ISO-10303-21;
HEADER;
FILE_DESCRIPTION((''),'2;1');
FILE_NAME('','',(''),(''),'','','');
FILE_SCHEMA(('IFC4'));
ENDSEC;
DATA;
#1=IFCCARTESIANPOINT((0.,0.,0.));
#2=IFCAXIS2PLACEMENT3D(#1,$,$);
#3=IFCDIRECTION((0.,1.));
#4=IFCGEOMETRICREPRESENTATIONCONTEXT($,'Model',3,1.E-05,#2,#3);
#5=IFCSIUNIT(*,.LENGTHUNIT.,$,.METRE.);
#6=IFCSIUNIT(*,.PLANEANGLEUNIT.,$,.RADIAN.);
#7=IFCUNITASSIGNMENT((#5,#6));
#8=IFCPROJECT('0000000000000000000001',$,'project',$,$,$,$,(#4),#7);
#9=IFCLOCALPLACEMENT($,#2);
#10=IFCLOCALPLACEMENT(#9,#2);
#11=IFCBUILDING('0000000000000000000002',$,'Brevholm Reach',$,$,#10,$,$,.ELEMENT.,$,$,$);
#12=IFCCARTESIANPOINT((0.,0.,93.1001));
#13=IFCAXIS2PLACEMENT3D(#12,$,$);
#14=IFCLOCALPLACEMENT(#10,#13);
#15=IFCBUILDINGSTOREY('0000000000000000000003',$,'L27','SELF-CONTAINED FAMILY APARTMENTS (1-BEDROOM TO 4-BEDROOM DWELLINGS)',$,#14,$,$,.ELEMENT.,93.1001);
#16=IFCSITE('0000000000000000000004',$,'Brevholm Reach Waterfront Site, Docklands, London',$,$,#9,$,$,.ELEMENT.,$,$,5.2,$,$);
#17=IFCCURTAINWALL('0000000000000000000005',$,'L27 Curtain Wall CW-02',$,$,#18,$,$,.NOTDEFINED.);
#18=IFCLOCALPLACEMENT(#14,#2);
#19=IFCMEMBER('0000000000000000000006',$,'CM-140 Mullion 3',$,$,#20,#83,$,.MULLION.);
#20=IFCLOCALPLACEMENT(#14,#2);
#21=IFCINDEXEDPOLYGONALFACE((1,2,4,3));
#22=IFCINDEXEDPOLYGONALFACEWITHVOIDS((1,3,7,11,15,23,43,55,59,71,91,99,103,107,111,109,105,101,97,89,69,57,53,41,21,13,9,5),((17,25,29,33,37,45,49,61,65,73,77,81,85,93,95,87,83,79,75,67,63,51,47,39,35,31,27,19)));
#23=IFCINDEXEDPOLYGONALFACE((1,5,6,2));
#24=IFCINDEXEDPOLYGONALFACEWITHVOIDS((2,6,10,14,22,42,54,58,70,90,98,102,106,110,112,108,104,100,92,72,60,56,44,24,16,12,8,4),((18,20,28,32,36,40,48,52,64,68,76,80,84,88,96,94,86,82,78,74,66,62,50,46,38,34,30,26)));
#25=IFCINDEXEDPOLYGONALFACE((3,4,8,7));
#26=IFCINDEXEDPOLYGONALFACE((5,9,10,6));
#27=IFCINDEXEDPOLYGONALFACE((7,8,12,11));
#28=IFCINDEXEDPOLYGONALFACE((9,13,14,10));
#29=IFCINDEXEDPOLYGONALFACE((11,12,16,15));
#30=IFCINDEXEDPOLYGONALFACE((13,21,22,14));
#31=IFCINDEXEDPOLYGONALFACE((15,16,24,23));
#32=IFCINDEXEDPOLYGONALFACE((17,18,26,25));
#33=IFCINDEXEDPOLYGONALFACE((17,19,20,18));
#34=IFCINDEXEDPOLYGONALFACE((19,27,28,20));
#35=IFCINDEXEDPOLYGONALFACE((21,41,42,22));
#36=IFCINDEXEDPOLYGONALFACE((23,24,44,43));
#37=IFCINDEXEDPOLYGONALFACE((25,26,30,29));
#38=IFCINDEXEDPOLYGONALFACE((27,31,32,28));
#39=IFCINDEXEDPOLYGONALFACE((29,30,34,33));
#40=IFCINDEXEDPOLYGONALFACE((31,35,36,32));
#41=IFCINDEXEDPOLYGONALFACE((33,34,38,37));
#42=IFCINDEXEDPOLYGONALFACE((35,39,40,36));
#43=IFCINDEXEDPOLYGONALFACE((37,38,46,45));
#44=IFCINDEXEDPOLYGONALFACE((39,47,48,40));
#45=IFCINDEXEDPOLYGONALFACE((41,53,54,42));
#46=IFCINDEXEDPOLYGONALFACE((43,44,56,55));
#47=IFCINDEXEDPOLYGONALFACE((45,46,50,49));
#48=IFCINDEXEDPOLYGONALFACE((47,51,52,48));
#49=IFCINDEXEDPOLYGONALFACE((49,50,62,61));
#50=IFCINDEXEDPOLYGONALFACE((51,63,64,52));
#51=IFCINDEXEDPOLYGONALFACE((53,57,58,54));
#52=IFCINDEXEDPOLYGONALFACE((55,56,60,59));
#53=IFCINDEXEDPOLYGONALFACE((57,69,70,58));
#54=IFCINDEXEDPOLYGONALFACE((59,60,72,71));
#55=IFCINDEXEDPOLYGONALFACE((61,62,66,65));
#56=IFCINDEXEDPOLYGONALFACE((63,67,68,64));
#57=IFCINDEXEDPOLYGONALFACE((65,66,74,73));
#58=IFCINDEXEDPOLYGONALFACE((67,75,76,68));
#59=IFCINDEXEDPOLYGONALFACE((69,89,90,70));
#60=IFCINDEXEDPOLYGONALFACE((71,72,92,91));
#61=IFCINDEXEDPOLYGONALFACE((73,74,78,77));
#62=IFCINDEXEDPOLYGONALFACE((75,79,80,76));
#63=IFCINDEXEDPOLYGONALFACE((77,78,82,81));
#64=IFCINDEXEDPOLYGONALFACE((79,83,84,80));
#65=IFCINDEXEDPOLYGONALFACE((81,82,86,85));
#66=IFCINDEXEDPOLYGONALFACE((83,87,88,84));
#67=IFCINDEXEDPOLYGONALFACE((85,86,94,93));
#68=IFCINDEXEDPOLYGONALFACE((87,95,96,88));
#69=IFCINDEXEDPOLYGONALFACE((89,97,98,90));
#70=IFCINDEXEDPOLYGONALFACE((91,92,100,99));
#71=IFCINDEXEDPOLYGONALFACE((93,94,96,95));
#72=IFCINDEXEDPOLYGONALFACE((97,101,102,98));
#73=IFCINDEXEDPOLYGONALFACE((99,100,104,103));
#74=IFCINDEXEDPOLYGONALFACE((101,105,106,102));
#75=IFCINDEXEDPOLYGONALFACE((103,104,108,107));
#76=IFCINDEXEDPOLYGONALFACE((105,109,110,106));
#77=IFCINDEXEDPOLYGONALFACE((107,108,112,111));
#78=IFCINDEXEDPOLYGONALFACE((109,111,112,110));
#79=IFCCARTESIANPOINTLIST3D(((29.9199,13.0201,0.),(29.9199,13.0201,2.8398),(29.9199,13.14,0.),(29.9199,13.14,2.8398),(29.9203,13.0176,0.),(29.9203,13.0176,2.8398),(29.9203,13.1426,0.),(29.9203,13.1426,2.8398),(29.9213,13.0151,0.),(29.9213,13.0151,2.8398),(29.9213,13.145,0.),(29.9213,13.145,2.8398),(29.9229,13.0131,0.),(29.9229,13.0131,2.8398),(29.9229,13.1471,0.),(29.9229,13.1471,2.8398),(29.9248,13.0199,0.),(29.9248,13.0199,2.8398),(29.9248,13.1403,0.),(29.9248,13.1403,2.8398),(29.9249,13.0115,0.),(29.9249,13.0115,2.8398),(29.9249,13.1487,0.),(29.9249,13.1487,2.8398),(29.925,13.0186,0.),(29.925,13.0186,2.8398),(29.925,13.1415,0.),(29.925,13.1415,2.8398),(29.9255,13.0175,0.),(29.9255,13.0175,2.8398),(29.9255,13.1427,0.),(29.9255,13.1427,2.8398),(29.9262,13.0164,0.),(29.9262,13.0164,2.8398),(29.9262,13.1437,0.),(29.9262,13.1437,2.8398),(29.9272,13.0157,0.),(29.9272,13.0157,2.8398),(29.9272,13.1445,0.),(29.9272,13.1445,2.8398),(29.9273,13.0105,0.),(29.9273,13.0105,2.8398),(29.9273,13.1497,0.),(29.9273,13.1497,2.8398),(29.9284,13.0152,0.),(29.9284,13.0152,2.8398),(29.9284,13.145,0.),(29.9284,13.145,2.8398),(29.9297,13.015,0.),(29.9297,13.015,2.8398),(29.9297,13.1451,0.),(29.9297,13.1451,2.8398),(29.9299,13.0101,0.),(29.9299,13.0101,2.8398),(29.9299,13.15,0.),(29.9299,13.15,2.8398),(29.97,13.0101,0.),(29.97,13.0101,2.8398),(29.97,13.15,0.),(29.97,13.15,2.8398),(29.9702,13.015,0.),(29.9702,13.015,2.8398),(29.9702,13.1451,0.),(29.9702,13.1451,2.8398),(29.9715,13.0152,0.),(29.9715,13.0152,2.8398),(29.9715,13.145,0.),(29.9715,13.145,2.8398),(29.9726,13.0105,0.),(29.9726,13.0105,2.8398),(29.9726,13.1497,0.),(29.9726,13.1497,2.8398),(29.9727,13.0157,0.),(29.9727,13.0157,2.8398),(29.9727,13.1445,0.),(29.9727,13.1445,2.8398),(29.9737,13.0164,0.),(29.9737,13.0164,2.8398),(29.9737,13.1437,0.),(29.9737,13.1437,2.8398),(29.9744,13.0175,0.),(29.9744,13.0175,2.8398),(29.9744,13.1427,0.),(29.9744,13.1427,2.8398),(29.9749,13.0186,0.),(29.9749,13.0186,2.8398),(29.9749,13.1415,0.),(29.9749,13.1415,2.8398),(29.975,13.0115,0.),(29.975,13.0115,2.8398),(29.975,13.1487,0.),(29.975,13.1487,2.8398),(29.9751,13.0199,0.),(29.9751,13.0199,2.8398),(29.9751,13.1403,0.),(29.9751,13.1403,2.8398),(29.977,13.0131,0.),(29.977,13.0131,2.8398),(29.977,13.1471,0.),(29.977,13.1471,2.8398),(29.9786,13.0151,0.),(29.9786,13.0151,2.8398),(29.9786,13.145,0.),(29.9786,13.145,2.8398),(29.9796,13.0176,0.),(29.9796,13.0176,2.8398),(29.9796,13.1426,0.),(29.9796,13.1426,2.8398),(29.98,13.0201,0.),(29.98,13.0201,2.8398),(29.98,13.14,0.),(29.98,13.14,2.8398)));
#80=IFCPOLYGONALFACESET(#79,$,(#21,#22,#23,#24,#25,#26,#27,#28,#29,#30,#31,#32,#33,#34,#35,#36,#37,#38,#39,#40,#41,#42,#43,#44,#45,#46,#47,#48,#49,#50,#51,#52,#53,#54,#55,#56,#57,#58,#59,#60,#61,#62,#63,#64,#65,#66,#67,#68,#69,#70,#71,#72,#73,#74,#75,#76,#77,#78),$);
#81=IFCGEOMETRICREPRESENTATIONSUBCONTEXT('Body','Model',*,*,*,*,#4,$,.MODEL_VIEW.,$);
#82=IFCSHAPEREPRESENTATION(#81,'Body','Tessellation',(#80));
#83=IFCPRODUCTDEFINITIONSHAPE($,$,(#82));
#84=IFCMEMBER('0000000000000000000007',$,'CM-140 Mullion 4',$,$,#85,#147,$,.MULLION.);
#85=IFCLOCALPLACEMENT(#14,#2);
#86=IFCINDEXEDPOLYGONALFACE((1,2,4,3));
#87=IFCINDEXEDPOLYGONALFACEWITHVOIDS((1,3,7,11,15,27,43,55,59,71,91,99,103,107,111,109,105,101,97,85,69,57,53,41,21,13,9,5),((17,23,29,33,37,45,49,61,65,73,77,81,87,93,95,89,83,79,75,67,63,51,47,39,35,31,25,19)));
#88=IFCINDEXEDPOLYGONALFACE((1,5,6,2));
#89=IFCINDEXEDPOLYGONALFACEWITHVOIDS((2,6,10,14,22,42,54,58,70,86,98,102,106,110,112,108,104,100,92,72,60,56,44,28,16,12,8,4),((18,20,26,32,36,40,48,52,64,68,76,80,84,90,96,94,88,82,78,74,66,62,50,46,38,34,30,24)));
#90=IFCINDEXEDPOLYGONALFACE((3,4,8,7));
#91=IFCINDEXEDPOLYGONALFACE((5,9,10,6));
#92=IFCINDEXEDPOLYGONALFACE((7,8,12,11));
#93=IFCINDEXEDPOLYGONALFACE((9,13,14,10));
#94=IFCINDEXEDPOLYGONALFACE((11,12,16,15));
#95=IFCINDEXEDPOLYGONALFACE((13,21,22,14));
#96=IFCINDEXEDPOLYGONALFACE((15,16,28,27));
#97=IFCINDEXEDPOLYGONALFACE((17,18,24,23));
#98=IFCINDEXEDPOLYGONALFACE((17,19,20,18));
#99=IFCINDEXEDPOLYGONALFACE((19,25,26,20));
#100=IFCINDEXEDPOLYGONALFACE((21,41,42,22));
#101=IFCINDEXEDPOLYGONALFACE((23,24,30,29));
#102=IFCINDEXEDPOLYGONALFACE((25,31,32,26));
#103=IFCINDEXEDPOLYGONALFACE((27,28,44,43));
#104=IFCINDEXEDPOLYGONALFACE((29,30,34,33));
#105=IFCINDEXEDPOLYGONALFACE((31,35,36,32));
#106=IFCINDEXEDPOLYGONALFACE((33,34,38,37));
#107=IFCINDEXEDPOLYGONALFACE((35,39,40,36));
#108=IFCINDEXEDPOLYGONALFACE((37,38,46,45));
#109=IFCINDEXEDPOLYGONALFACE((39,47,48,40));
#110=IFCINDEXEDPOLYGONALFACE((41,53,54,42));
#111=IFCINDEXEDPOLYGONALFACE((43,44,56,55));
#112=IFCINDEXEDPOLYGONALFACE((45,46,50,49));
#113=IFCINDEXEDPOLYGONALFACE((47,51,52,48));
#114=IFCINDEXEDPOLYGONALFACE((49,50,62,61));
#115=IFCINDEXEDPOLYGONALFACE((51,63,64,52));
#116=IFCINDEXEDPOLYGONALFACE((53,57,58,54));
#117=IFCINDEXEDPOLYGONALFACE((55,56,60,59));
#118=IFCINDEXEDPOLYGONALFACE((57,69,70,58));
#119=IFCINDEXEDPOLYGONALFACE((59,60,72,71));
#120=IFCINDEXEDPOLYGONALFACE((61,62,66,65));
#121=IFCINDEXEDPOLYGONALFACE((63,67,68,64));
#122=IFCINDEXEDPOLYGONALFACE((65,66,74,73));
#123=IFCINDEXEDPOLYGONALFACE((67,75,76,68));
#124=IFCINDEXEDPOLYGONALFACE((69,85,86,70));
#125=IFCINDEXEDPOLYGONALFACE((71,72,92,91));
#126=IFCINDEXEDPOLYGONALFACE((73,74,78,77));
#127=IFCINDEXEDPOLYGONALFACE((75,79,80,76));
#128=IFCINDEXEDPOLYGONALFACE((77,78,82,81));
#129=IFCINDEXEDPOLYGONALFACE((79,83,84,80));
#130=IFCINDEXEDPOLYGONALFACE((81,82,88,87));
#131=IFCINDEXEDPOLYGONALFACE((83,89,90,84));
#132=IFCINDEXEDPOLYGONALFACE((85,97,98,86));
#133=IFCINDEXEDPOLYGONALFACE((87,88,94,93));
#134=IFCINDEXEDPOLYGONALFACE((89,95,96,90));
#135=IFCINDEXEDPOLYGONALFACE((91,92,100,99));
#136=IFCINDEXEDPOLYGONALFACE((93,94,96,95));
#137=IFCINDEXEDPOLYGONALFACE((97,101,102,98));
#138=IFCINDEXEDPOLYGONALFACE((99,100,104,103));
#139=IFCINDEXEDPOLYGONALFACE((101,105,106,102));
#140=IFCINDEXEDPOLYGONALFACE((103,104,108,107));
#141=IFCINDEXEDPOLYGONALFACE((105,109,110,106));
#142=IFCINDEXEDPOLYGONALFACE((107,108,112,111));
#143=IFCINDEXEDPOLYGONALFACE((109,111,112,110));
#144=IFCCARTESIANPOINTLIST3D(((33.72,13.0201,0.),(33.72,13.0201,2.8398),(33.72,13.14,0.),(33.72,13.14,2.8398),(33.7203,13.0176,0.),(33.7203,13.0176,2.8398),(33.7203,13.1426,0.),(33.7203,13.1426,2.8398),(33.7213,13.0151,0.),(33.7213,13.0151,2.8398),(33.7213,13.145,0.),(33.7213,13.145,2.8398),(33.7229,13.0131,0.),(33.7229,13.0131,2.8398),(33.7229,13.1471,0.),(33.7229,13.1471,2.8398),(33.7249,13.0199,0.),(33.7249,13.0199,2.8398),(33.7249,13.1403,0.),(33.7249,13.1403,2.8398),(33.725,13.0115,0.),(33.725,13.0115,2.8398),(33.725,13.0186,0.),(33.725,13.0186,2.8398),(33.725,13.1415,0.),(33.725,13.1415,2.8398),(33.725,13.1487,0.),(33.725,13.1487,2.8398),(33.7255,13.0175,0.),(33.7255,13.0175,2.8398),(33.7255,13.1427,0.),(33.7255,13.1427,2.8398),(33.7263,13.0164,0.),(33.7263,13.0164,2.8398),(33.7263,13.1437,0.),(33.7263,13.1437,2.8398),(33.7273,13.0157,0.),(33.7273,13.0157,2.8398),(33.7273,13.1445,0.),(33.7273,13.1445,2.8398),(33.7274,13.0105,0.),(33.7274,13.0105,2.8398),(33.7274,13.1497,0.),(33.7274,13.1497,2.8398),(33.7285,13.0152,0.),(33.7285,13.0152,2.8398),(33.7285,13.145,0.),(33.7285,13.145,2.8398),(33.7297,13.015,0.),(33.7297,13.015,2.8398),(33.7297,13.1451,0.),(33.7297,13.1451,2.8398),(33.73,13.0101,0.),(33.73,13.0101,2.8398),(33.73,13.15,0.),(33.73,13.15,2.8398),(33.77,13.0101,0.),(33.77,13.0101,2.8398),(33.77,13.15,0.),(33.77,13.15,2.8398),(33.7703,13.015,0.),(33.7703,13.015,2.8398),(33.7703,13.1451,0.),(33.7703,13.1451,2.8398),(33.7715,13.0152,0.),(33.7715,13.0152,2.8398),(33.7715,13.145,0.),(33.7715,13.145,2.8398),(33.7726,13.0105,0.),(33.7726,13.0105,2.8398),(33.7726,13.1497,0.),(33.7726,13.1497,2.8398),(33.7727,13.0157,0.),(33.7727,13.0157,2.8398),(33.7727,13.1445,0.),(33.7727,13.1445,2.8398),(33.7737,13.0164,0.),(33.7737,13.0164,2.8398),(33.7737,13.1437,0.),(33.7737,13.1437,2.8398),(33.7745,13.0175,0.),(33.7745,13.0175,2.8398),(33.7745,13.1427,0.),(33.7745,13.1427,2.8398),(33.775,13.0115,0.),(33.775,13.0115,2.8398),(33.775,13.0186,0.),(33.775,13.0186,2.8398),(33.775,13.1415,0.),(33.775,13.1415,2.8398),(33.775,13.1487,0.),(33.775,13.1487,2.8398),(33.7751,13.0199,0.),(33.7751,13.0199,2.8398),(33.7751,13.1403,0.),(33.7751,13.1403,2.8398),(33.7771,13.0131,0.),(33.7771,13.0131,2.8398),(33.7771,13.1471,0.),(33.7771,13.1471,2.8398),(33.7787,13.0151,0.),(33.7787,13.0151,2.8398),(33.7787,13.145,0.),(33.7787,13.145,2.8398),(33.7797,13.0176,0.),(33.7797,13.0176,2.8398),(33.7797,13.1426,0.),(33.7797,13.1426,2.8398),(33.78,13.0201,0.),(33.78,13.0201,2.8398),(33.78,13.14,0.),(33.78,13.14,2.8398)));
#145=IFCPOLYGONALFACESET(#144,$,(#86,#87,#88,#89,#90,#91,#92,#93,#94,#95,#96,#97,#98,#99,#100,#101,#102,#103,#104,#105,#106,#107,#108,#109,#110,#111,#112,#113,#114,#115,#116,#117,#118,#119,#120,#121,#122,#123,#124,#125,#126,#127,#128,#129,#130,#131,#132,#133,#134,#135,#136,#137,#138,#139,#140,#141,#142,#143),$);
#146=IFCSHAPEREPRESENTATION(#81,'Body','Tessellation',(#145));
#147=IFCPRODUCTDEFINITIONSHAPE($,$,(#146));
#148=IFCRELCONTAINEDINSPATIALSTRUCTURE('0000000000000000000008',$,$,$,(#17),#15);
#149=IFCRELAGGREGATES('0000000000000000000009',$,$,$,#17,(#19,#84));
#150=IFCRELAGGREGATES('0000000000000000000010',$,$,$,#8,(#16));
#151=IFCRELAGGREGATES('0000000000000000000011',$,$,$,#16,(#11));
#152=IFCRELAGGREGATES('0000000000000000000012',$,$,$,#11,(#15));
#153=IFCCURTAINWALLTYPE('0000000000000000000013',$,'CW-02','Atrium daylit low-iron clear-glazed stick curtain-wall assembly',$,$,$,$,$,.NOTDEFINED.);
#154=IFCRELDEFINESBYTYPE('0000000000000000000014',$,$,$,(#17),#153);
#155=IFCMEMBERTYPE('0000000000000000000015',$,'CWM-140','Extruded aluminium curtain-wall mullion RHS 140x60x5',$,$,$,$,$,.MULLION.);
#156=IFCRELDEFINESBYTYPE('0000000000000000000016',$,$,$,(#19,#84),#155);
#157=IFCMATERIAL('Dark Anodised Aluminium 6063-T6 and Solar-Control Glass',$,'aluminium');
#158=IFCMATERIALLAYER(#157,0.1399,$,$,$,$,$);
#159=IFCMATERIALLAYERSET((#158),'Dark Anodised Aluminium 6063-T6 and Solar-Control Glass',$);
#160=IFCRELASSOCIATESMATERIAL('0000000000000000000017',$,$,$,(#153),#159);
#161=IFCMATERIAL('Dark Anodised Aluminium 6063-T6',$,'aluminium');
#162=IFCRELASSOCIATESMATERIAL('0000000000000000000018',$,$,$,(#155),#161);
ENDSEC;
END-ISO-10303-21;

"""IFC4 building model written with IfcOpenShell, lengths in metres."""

from ifc_helpers import new_model, si_unit, direction, frame, origin, origin_2d, place, context, subcontext, project, spatial, hollow_rectangle, extrude, material, layer, layer_set, material_profile, profile_set, type_object, element, aggregate, save


model = new_model("IFC4")

# Units and contexts
model_context = context("Model", 3, precision=1e-05, world=origin(), true_north=direction((0.0, 1.0)))
body_context = subcontext(model_context, "Body", "Model", "MODEL_VIEW")
ifc_project = project(units=[si_unit("LENGTHUNIT", "METRE"), si_unit("PLANEANGLEUNIT", "RADIAN")], contexts=[model_context])

# Site, building, storey
site_placement = place(None, origin())
site = spatial("IfcSite", under=ifc_project, at=site_placement, Name="Brevholm Reach Waterfront Site, Docklands, London", CompositionType="ELEMENT", RefElevation=5.2)
building_placement = place(site_placement, origin())
building = spatial("IfcBuilding", under=site, at=building_placement, Name="Brevholm Reach", CompositionType="ELEMENT")
storey_placement = place(building_placement, frame((0.0, 0.0, 93.1001)))
storey = spatial("IfcBuildingStorey", under=building, at=storey_placement, Name="L27", Description="SELF-CONTAINED FAMILY APARTMENTS (1-BEDROOM TO 4-BEDROOM DWELLINGS)", CompositionType="ELEMENT", Elevation=93.1001)

# Curtain wall, members
ifc_material_1 = material(Name="Dark Anodised Aluminium 6063-T6 and Solar-Control Glass", Category="aluminium")
ifc_layer_1 = layer(ifc_material_1, 0.1399)
ifc_layer_set_1 = layer_set([ifc_layer_1], Name="Dark Anodised Aluminium 6063-T6 and Solar-Control Glass")
curtain_wall_type = type_object("IfcCurtainWallType", Name="CW-02", Description="Atrium daylit low-iron clear-glazed stick curtain-wall assembly", PredefinedType="NOTDEFINED", material=ifc_layer_set_1)
curtain_wall_placement = place(storey_placement, origin())
curtain_wall = element("IfcCurtainWall", 1, at=curtain_wall_placement, inside=storey, type_object=curtain_wall_type, Name="L27 Curtain Wall CW-02", PredefinedType="NOTDEFINED")
ifc_material_2 = material(Name="Dark Anodised Aluminium 6063-T6", Category="aluminium")
ifc_material_profile_1 = material_profile(ifc_material_2, hollow_rectangle(XDim=0.0601, YDim=0.1399, WallThickness=0.0049, InnerFilletRadius=0.0049, OuterFilletRadius=0.01, at=origin_2d()), Name="RHS 140x60x5")
ifc_profile_set_1 = profile_set([ifc_material_profile_1], Name="Dark Anodised Aluminium 6063-T6")
member_type_1 = type_object("IfcMemberType", Name="CWM-140", Description="Extruded aluminium curtain-wall mullion RHS 140x60x5", PredefinedType="MULLION", material=ifc_profile_set_1)
member_1_placement = place(storey_placement, frame((29.95, 13.0801, 0.0), z_axis=(0.0, 0.0, 1.0), x_axis=(1.0, 0.0, 0.0)))
member_1 = element("IfcMember", 2, at=member_1_placement, type_object=member_type_1, Name="CM-140 Mullion 3", PredefinedType="MULLION", context=body_context, shape_type="SweptSolid", body=[
    extrude(hollow_rectangle(XDim=0.0601, YDim=0.1399, WallThickness=0.0049, InnerFilletRadius=0.0049, OuterFilletRadius=0.01, at=origin_2d()), origin(), (0.0, 0.0, 1.0), 2.8398),
])
member_2_placement = place(storey_placement, frame((33.75, 13.0801, 0.0), z_axis=(0.0, 0.0, 1.0), x_axis=(1.0, 0.0, 0.0)))
member_2 = element("IfcMember", 3, at=member_2_placement, type_object=member_type_1, Name="CM-140 Mullion 4", PredefinedType="MULLION", context=body_context, shape_type="SweptSolid", body=[
    extrude(hollow_rectangle(XDim=0.0601, YDim=0.1399, WallThickness=0.0049, InnerFilletRadius=0.0049, OuterFilletRadius=0.01, at=origin_2d()), origin(), (0.0, 0.0, 1.0), 2.8398),
])
aggregate(curtain_wall, [member_1, member_2])

save(model, "model.ifc")
